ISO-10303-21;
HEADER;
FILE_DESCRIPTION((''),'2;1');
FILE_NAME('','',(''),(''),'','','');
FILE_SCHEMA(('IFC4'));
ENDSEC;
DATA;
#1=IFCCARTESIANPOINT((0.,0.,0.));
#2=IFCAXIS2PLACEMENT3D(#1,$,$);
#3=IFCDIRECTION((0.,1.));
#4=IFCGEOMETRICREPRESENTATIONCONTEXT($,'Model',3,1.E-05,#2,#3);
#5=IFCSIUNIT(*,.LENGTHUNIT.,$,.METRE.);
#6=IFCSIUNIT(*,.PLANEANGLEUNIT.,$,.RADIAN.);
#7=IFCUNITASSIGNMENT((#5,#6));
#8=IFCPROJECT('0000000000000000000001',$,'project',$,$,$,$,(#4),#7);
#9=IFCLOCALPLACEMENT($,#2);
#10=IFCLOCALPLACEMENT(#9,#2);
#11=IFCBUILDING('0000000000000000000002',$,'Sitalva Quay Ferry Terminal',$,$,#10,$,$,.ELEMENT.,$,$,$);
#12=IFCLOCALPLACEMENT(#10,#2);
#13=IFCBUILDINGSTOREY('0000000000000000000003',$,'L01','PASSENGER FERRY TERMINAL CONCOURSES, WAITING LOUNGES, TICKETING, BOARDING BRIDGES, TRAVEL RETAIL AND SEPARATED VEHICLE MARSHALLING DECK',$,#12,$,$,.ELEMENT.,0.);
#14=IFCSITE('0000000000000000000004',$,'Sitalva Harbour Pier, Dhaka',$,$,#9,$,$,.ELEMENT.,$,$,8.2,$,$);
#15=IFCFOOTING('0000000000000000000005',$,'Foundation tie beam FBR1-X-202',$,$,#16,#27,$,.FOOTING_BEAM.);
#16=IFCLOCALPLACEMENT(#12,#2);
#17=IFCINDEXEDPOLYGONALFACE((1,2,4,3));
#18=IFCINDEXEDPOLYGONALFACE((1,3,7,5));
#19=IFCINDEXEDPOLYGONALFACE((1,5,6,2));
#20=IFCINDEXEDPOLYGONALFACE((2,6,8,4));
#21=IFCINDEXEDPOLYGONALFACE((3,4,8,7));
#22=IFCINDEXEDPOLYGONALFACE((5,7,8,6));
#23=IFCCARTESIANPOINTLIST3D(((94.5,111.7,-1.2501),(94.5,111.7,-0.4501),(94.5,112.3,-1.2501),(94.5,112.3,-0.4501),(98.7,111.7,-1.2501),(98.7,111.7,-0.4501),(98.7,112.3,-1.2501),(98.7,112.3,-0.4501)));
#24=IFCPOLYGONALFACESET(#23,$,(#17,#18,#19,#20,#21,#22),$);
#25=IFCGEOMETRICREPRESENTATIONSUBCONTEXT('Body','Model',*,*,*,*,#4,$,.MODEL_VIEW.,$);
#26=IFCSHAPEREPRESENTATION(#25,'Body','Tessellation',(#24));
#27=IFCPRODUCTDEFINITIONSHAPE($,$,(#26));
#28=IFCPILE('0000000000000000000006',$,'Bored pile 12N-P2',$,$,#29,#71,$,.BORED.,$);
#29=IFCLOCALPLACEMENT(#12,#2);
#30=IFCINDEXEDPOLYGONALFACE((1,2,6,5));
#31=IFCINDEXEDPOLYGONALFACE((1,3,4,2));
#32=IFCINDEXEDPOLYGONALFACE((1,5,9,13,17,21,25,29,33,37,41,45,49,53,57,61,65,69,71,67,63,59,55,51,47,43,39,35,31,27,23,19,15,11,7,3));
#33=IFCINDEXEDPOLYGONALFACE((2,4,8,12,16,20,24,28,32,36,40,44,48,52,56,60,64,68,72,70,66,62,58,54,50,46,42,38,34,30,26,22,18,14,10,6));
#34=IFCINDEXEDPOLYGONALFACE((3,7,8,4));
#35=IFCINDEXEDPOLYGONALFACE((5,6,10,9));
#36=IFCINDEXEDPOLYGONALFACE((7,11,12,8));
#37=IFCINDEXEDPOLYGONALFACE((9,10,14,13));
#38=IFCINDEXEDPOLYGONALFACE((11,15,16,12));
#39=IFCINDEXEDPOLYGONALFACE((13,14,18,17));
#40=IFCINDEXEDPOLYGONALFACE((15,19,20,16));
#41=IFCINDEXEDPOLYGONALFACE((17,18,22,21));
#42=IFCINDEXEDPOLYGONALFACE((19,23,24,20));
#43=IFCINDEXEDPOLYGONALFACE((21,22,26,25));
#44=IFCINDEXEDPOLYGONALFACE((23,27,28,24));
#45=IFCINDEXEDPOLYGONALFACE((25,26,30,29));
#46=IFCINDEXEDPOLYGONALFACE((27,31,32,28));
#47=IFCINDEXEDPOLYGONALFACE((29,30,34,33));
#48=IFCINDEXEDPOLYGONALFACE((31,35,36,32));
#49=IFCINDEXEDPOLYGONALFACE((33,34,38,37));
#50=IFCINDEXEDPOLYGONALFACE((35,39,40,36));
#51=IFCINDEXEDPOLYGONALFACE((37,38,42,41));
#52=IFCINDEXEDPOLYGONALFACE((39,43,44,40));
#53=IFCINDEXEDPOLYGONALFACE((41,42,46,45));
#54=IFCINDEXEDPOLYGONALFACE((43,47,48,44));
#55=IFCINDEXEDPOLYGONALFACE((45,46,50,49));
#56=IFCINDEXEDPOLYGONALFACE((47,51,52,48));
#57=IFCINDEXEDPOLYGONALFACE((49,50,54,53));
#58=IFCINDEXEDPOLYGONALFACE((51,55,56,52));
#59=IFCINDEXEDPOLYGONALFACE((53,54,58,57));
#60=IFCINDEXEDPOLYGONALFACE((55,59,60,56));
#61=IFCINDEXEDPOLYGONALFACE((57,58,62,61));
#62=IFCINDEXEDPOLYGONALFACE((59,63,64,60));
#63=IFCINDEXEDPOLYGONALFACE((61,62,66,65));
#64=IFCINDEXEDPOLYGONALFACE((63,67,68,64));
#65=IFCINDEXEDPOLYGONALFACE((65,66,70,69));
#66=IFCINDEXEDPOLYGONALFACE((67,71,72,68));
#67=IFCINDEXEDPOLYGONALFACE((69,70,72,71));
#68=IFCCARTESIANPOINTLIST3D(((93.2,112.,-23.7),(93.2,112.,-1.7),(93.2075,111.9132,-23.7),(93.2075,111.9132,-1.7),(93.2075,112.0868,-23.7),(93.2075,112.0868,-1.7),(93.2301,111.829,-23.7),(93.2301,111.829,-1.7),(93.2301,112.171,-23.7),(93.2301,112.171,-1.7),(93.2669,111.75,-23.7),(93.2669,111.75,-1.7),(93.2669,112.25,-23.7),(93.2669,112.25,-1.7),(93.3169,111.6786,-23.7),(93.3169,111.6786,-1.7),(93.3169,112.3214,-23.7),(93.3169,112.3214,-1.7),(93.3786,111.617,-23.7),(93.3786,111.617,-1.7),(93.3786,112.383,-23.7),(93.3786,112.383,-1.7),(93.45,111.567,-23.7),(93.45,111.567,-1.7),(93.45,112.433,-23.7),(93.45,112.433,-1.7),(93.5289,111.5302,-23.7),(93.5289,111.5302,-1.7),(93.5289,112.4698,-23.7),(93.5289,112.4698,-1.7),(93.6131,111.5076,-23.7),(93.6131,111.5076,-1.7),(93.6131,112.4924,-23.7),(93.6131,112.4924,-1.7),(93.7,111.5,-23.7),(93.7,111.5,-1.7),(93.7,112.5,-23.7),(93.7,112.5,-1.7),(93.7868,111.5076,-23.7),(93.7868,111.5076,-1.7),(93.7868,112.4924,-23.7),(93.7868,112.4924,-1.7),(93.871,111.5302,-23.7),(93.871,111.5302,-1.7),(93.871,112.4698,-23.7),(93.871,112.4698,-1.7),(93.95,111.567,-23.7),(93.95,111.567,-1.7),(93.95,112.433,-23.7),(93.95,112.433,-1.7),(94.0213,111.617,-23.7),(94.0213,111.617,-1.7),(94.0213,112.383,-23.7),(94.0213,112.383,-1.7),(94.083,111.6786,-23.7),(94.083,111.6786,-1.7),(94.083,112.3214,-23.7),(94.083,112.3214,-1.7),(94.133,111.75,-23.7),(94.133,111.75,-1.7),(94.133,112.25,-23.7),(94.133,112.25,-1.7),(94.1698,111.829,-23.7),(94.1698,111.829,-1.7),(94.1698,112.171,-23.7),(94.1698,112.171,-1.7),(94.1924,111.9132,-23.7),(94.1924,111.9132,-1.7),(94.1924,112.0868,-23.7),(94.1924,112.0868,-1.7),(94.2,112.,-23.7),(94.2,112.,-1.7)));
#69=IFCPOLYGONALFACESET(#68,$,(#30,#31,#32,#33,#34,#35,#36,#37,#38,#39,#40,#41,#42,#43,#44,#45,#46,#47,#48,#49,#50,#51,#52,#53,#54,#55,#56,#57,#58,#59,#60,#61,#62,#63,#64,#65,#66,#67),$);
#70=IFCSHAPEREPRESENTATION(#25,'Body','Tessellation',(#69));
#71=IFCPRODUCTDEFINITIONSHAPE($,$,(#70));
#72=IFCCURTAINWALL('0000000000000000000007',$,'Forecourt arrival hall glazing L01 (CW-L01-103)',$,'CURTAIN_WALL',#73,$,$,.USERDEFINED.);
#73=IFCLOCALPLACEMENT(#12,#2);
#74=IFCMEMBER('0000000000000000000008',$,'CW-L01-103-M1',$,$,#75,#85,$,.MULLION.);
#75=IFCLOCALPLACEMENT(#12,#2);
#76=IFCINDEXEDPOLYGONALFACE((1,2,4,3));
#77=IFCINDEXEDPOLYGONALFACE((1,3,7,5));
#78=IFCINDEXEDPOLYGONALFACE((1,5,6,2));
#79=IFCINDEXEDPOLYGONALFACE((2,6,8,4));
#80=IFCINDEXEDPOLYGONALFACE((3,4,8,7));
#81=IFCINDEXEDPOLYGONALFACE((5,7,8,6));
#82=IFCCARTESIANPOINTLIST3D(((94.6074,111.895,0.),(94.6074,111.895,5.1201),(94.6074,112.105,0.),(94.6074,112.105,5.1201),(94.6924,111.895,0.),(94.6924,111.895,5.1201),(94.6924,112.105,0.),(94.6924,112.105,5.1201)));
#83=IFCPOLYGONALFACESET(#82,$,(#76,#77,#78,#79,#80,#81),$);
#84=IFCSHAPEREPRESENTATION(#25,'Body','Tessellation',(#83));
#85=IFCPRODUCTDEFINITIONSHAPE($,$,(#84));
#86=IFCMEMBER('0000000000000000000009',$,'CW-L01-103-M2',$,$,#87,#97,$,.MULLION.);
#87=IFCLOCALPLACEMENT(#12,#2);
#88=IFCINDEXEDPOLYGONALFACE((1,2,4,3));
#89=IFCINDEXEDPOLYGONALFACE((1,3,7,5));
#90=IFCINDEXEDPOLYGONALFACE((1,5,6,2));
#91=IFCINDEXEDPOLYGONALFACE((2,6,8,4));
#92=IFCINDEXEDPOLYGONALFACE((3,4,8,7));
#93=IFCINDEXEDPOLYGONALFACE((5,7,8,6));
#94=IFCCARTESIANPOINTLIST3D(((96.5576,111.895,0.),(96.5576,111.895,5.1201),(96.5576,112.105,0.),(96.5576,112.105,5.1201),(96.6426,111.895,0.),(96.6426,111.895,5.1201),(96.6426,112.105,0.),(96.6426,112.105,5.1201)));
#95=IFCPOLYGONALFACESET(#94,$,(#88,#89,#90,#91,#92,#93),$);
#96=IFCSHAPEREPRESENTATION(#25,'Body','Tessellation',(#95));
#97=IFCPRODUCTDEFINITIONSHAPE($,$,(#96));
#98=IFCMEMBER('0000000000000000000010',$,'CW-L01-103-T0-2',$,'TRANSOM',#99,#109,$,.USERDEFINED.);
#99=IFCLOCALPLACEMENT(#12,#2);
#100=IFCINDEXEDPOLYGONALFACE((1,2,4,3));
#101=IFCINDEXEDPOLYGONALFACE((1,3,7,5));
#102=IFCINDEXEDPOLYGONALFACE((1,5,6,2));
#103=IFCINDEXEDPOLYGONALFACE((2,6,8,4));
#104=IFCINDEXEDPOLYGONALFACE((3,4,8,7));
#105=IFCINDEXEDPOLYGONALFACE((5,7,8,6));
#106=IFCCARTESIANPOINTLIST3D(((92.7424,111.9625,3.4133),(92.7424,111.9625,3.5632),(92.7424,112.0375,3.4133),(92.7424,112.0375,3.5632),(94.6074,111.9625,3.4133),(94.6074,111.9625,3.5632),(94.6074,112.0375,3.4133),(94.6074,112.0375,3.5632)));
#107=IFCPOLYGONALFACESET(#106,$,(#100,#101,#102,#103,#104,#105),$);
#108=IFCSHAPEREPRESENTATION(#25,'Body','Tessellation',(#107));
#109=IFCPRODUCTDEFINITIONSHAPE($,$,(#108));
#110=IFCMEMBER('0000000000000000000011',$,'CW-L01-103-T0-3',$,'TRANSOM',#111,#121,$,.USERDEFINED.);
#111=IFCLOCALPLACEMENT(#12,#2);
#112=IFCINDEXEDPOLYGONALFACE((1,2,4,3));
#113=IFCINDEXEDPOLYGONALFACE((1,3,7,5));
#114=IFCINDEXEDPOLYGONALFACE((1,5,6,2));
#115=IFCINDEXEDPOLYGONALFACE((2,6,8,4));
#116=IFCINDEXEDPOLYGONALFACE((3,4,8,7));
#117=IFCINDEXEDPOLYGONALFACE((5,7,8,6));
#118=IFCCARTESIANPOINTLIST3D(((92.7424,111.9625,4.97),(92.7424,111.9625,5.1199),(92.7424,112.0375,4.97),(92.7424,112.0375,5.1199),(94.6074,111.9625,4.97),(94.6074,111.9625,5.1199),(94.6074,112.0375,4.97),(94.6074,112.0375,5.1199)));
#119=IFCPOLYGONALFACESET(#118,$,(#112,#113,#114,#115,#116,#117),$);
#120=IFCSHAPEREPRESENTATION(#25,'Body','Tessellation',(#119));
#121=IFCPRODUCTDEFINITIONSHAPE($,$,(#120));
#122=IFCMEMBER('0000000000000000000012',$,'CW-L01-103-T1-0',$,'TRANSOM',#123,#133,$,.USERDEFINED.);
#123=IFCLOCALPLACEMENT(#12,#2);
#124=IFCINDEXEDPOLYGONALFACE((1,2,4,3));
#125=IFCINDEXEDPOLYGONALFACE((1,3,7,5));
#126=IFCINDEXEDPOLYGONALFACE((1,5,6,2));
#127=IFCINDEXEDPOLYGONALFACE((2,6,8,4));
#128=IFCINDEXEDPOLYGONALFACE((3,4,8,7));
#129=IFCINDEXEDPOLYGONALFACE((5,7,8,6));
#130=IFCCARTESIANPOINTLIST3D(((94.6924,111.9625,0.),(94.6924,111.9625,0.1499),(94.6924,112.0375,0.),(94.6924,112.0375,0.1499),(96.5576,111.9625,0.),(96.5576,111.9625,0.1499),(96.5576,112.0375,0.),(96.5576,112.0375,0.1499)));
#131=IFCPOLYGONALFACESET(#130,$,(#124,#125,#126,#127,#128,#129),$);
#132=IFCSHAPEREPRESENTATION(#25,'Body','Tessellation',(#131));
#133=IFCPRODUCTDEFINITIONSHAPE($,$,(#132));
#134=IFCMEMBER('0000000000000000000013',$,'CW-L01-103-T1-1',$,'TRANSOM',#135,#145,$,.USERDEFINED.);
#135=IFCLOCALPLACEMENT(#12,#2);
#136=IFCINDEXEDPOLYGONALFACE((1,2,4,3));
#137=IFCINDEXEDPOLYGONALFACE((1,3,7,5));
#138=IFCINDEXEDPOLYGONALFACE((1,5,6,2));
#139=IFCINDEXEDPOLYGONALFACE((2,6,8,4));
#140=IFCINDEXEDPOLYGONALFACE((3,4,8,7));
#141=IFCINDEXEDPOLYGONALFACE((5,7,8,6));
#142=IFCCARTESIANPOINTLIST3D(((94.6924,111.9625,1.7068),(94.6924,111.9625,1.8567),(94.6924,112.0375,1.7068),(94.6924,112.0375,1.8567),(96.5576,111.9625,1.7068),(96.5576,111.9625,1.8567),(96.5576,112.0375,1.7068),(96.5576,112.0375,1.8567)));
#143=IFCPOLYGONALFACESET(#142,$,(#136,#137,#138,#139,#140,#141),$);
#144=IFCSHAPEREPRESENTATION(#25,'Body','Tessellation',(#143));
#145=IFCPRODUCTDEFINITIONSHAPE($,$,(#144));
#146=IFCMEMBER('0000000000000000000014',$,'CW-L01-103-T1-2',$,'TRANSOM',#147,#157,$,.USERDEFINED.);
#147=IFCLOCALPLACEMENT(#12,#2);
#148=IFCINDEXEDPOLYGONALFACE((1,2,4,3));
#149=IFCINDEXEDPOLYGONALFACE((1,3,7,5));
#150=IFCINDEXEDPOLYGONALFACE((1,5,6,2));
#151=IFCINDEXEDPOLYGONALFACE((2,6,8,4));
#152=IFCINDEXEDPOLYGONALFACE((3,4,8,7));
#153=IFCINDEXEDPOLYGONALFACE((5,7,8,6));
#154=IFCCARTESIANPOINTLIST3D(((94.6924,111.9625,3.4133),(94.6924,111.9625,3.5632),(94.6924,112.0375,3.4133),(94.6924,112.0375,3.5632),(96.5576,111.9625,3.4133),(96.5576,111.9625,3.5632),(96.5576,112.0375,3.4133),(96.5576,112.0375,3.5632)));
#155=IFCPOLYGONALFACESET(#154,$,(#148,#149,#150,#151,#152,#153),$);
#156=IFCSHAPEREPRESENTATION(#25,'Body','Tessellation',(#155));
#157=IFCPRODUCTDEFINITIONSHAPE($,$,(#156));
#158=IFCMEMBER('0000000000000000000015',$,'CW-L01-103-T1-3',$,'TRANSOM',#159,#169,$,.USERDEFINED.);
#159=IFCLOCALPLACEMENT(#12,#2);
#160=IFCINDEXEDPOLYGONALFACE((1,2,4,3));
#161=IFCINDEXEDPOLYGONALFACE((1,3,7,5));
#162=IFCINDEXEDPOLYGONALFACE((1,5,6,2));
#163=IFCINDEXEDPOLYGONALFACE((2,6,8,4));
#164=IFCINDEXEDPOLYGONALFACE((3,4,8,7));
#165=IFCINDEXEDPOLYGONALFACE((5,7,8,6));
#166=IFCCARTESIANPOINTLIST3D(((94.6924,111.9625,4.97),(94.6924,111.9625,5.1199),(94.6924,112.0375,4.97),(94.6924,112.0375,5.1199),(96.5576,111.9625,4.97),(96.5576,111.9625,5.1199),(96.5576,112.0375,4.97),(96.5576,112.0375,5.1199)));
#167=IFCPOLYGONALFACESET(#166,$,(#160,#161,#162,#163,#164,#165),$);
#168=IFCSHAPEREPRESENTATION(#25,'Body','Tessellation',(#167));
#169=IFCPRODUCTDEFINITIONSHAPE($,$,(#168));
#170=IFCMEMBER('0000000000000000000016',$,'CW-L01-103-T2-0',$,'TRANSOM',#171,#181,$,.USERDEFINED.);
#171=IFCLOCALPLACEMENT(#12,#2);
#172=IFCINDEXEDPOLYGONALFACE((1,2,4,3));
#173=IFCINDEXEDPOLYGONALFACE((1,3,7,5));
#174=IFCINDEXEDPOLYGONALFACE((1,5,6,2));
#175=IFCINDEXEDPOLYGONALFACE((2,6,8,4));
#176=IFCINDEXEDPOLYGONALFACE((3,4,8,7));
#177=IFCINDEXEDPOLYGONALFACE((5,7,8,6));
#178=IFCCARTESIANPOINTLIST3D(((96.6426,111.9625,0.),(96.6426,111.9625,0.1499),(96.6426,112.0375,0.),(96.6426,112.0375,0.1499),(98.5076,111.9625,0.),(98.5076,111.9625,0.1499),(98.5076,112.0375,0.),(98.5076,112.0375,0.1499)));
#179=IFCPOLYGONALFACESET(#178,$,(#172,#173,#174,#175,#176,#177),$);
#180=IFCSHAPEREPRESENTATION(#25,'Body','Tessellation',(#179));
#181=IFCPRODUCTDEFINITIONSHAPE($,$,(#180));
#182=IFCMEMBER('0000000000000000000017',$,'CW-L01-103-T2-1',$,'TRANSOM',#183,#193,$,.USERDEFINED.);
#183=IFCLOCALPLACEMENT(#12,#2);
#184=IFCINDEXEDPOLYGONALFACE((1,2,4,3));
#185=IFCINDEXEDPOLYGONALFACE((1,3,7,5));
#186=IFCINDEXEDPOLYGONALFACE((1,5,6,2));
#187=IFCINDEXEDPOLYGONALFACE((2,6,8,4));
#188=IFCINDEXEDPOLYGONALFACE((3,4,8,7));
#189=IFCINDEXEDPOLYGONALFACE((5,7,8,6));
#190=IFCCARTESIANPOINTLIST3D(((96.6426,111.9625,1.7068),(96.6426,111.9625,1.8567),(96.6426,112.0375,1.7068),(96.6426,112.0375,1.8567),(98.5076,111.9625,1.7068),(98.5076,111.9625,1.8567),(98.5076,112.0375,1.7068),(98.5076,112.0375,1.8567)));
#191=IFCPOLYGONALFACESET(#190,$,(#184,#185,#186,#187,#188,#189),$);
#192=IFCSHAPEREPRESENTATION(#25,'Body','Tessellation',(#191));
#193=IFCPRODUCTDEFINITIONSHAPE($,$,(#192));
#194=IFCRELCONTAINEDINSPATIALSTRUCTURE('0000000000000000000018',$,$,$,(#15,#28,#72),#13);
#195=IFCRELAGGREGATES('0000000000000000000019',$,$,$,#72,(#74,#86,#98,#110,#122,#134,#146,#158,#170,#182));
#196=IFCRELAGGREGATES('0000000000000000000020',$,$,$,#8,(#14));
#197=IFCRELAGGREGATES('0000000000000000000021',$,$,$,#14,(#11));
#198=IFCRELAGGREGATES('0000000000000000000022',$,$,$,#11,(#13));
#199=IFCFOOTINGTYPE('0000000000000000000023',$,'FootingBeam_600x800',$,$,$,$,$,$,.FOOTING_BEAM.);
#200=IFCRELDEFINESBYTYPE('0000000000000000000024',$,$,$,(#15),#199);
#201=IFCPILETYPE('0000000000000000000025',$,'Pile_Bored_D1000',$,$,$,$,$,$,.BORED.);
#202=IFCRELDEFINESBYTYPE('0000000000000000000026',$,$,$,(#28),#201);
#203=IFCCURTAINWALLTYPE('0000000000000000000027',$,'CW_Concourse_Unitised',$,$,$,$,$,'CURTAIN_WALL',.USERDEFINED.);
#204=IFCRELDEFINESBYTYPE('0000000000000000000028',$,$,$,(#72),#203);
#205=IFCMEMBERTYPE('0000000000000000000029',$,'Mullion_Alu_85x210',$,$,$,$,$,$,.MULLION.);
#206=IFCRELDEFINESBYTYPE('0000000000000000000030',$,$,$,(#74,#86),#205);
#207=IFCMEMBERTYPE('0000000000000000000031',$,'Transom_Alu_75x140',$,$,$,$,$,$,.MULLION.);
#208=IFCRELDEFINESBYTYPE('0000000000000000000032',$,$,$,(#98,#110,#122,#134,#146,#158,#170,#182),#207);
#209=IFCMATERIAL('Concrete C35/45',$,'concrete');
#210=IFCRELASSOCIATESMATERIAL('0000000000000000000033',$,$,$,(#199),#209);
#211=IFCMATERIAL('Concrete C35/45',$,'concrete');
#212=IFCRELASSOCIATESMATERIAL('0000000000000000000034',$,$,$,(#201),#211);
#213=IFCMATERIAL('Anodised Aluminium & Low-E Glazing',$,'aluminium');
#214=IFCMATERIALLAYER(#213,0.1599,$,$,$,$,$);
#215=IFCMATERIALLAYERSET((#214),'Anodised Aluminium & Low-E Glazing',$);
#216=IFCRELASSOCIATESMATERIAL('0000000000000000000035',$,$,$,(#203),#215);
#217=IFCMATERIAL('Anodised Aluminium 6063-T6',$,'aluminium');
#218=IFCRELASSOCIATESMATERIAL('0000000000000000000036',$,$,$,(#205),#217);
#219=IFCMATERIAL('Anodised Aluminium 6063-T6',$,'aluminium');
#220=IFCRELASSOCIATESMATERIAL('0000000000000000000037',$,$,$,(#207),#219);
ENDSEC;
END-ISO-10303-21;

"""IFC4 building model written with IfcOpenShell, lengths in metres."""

from ifc_helpers import new_model, si_unit, direction, frame, origin, origin_2d, place, context, subcontext, project, spatial, rectangle, circle, extrude, material, layer, layer_set, material_profile, profile_set, type_object, element, aggregate, save


model = new_model("IFC4")

# Units and contexts
model_context = context("Model", 3, precision=1e-05, world=origin(), true_north=direction((0.0, 1.0)))
body_context = subcontext(model_context, "Body", "Model", "MODEL_VIEW")
ifc_project = project(units=[si_unit("LENGTHUNIT", "METRE"), si_unit("PLANEANGLEUNIT", "RADIAN")], contexts=[model_context])

# Site, building, storey
site_placement = place(None, origin())
site = spatial("IfcSite", under=ifc_project, at=site_placement, Name="Sitalva Harbour Pier, Dhaka", CompositionType="ELEMENT", RefElevation=8.2)
building_placement = place(site_placement, origin())
building = spatial("IfcBuilding", under=site, at=building_placement, Name="Sitalva Quay Ferry Terminal", CompositionType="ELEMENT")
storey_placement = place(building_placement, origin())
storey = spatial("IfcBuildingStorey", under=building, at=storey_placement, Name="L01", Description="PASSENGER FERRY TERMINAL CONCOURSES, WAITING LOUNGES, TICKETING, BOARDING BRIDGES, TRAVEL RETAIL AND SEPARATED VEHICLE MARSHALLING DECK", CompositionType="ELEMENT", Elevation=0.0)

# Footing
ifc_material_1 = material(Name="Concrete C35/45", Category="concrete")
ifc_material_profile_1 = material_profile(ifc_material_1, rectangle(XDim=0.6001, YDim=0.8, at=origin_2d()), Name="RC600x800")
ifc_profile_set_1 = profile_set([ifc_material_profile_1], Name="Concrete C35/45")
footing_type = type_object("IfcFootingType", Name="FootingBeam_600x800", PredefinedType="FOOTING_BEAM", material=ifc_profile_set_1)
footing_placement = place(storey_placement, frame((94.5, 112.0, -0.8501), z_axis=(1.0, 0.0, 0.0), x_axis=(0.0, 1.0, 0.0)))
element("IfcFooting", 1, at=footing_placement, inside=storey, type_object=footing_type, Name="Foundation tie beam FBR1-X-202", PredefinedType="FOOTING_BEAM", context=body_context, shape_type="SweptSolid", body=[
    extrude(rectangle(XDim=0.6001, YDim=0.8, at=origin_2d()), origin(), (0.0, 0.0, 1.0), 4.2),
])

# Pile
ifc_material_2 = material(Name="Concrete C35/45", Category="concrete")
ifc_material_profile_2 = material_profile(ifc_material_2, circle(Radius=0.5, at=origin_2d()), Name="PILE-D1000")
ifc_profile_set_2 = profile_set([ifc_material_profile_2], Name="Concrete C35/45")
pile_type = type_object("IfcPileType", Name="Pile_Bored_D1000", PredefinedType="BORED", material=ifc_profile_set_2)
pile_placement = place(storey_placement, frame((93.7, 112.0, -1.7), z_axis=(0.0, 0.0, -1.0), x_axis=(1.0, 0.0, 0.0)))
element("IfcPile", 2, at=pile_placement, inside=storey, type_object=pile_type, Name="Bored pile 12N-P2", PredefinedType="BORED", context=body_context, shape_type="SweptSolid", body=[
    extrude(circle(Radius=0.5, at=origin_2d()), origin(), (0.0, 0.0, 1.0), 22.0),
])

# Curtain wall, members
ifc_material_3 = material(Name="Anodised Aluminium & Low-E Glazing", Category="aluminium")
ifc_layer_1 = layer(ifc_material_3, 0.1599)
ifc_layer_set_1 = layer_set([ifc_layer_1], Name="Anodised Aluminium & Low-E Glazing")
curtain_wall_type = type_object("IfcCurtainWallType", Name="CW_Concourse_Unitised", ElementType="CURTAIN_WALL", PredefinedType="USERDEFINED", material=ifc_layer_set_1)
curtain_wall_placement = place(storey_placement, origin())
curtain_wall = element("IfcCurtainWall", 3, at=curtain_wall_placement, inside=storey, type_object=curtain_wall_type, Name="Forecourt arrival hall glazing L01 (CW-L01-103)", ObjectType="CURTAIN_WALL", PredefinedType="USERDEFINED")
ifc_material_4 = material(Name="Anodised Aluminium 6063-T6", Category="aluminium")
ifc_material_profile_3 = material_profile(ifc_material_4, rectangle(XDim=0.085, YDim=0.21, at=origin_2d()), Name="ALU85x210")
ifc_profile_set_3 = profile_set([ifc_material_profile_3], Name="Anodised Aluminium 6063-T6")
member_type_1 = type_object("IfcMemberType", Name="Mullion_Alu_85x210", PredefinedType="MULLION", material=ifc_profile_set_3)
member_1_placement = place(storey_placement, frame((94.6499, 112.0, 0.0), z_axis=(0.0, 0.0, 1.0), x_axis=(1.0, 0.0, 0.0)))
member_1 = element("IfcMember", 4, at=member_1_placement, type_object=member_type_1, Name="CW-L01-103-M1", PredefinedType="MULLION", context=body_context, shape_type="SweptSolid", body=[
    extrude(rectangle(XDim=0.085, YDim=0.21, at=origin_2d()), origin(), (0.0, 0.0, 1.0), 5.1201),
])
member_2_placement = place(storey_placement, frame((96.6001, 112.0, 0.0), z_axis=(0.0, 0.0, 1.0), x_axis=(1.0, 0.0, 0.0)))
member_2 = element("IfcMember", 5, at=member_2_placement, type_object=member_type_1, Name="CW-L01-103-M2", PredefinedType="MULLION", context=body_context, shape_type="SweptSolid", body=[
    extrude(rectangle(XDim=0.085, YDim=0.21, at=origin_2d()), origin(), (0.0, 0.0, 1.0), 5.1201),
])
ifc_material_5 = material(Name="Anodised Aluminium 6063-T6", Category="aluminium")
ifc_material_profile_4 = material_profile(ifc_material_5, rectangle(XDim=0.075, YDim=0.1499, at=origin_2d()), Name="ALU75x150")
ifc_profile_set_4 = profile_set([ifc_material_profile_4], Name="Anodised Aluminium 6063-T6")
member_type_2 = type_object("IfcMemberType", Name="Transom_Alu_75x140", PredefinedType="MULLION", material=ifc_profile_set_4)
member_3_placement = place(storey_placement, frame((92.7424, 112.0, 3.4883), z_axis=(1.0, 0.0, 0.0), x_axis=(0.0, 1.0, 0.0)))
member_3 = element("IfcMember", 6, at=member_3_placement, type_object=member_type_2, Name="CW-L01-103-T0-2", ObjectType="TRANSOM", PredefinedType="USERDEFINED", context=body_context, shape_type="SweptSolid", body=[
    extrude(rectangle(XDim=0.075, YDim=0.1499, at=origin_2d()), origin(), (0.0, 0.0, 1.0), 1.865),
])
member_4_placement = place(storey_placement, frame((92.7424, 112.0, 5.0449), z_axis=(1.0, 0.0, 0.0), x_axis=(0.0, 1.0, 0.0)))
member_4 = element("IfcMember", 7, at=member_4_placement, type_object=member_type_2, Name="CW-L01-103-T0-3", ObjectType="TRANSOM", PredefinedType="USERDEFINED", context=body_context, shape_type="SweptSolid", body=[
    extrude(rectangle(XDim=0.075, YDim=0.1499, at=origin_2d()), origin(), (0.0, 0.0, 1.0), 1.865),
])
member_5_placement = place(storey_placement, frame((94.6924, 112.0, 0.075), z_axis=(1.0, 0.0, 0.0), x_axis=(0.0, 1.0, 0.0)))
member_5 = element("IfcMember", 8, at=member_5_placement, type_object=member_type_2, Name="CW-L01-103-T1-0", ObjectType="TRANSOM", PredefinedType="USERDEFINED", context=body_context, shape_type="SweptSolid", body=[
    extrude(rectangle(XDim=0.075, YDim=0.1499, at=origin_2d()), origin(), (0.0, 0.0, 1.0), 1.8652),
])
member_6_placement = place(storey_placement, frame((94.6924, 112.0, 1.7817), z_axis=(1.0, 0.0, 0.0), x_axis=(0.0, 1.0, 0.0)))
member_6 = element("IfcMember", 9, at=member_6_placement, type_object=member_type_2, Name="CW-L01-103-T1-1", ObjectType="TRANSOM", PredefinedType="USERDEFINED", context=body_context, shape_type="SweptSolid", body=[
    extrude(rectangle(XDim=0.075, YDim=0.1499, at=origin_2d()), origin(), (0.0, 0.0, 1.0), 1.8652),
])
member_7_placement = place(storey_placement, frame((94.6924, 112.0, 3.4883), z_axis=(1.0, 0.0, 0.0), x_axis=(0.0, 1.0, 0.0)))
member_7 = element("IfcMember", 10, at=member_7_placement, type_object=member_type_2, Name="CW-L01-103-T1-2", ObjectType="TRANSOM", PredefinedType="USERDEFINED", context=body_context, shape_type="SweptSolid", body=[
    extrude(rectangle(XDim=0.075, YDim=0.1499, at=origin_2d()), origin(), (0.0, 0.0, 1.0), 1.8652),
])
member_8_placement = place(storey_placement, frame((94.6924, 112.0, 5.0449), z_axis=(1.0, 0.0, 0.0), x_axis=(0.0, 1.0, 0.0)))
member_8 = element("IfcMember", 11, at=member_8_placement, type_object=member_type_2, Name="CW-L01-103-T1-3", ObjectType="TRANSOM", PredefinedType="USERDEFINED", context=body_context, shape_type="SweptSolid", body=[
    extrude(rectangle(XDim=0.075, YDim=0.1499, at=origin_2d()), origin(), (0.0, 0.0, 1.0), 1.8652),
])
member_9_placement = place(storey_placement, frame((96.6426, 112.0, 0.075), z_axis=(1.0, 0.0, 0.0), x_axis=(0.0, 1.0, 0.0)))
member_9 = element("IfcMember", 12, at=member_9_placement, type_object=member_type_2, Name="CW-L01-103-T2-0", ObjectType="TRANSOM", PredefinedType="USERDEFINED", context=body_context, shape_type="SweptSolid", body=[
    extrude(rectangle(XDim=0.075, YDim=0.1499, at=origin_2d()), origin(), (0.0, 0.0, 1.0), 1.865),
])
member_10_placement = place(storey_placement, frame((96.6426, 112.0, 1.7817), z_axis=(1.0, 0.0, 0.0), x_axis=(0.0, 1.0, 0.0)))
member_10 = element("IfcMember", 13, at=member_10_placement, type_object=member_type_2, Name="CW-L01-103-T2-1", ObjectType="TRANSOM", PredefinedType="USERDEFINED", context=body_context, shape_type="SweptSolid", body=[
    extrude(rectangle(XDim=0.075, YDim=0.1499, at=origin_2d()), origin(), (0.0, 0.0, 1.0), 1.865),
])
aggregate(curtain_wall, [member_1, member_2, member_3, member_4, member_5, member_6, member_7, member_8, member_9, member_10])

save(model, "model.ifc")
